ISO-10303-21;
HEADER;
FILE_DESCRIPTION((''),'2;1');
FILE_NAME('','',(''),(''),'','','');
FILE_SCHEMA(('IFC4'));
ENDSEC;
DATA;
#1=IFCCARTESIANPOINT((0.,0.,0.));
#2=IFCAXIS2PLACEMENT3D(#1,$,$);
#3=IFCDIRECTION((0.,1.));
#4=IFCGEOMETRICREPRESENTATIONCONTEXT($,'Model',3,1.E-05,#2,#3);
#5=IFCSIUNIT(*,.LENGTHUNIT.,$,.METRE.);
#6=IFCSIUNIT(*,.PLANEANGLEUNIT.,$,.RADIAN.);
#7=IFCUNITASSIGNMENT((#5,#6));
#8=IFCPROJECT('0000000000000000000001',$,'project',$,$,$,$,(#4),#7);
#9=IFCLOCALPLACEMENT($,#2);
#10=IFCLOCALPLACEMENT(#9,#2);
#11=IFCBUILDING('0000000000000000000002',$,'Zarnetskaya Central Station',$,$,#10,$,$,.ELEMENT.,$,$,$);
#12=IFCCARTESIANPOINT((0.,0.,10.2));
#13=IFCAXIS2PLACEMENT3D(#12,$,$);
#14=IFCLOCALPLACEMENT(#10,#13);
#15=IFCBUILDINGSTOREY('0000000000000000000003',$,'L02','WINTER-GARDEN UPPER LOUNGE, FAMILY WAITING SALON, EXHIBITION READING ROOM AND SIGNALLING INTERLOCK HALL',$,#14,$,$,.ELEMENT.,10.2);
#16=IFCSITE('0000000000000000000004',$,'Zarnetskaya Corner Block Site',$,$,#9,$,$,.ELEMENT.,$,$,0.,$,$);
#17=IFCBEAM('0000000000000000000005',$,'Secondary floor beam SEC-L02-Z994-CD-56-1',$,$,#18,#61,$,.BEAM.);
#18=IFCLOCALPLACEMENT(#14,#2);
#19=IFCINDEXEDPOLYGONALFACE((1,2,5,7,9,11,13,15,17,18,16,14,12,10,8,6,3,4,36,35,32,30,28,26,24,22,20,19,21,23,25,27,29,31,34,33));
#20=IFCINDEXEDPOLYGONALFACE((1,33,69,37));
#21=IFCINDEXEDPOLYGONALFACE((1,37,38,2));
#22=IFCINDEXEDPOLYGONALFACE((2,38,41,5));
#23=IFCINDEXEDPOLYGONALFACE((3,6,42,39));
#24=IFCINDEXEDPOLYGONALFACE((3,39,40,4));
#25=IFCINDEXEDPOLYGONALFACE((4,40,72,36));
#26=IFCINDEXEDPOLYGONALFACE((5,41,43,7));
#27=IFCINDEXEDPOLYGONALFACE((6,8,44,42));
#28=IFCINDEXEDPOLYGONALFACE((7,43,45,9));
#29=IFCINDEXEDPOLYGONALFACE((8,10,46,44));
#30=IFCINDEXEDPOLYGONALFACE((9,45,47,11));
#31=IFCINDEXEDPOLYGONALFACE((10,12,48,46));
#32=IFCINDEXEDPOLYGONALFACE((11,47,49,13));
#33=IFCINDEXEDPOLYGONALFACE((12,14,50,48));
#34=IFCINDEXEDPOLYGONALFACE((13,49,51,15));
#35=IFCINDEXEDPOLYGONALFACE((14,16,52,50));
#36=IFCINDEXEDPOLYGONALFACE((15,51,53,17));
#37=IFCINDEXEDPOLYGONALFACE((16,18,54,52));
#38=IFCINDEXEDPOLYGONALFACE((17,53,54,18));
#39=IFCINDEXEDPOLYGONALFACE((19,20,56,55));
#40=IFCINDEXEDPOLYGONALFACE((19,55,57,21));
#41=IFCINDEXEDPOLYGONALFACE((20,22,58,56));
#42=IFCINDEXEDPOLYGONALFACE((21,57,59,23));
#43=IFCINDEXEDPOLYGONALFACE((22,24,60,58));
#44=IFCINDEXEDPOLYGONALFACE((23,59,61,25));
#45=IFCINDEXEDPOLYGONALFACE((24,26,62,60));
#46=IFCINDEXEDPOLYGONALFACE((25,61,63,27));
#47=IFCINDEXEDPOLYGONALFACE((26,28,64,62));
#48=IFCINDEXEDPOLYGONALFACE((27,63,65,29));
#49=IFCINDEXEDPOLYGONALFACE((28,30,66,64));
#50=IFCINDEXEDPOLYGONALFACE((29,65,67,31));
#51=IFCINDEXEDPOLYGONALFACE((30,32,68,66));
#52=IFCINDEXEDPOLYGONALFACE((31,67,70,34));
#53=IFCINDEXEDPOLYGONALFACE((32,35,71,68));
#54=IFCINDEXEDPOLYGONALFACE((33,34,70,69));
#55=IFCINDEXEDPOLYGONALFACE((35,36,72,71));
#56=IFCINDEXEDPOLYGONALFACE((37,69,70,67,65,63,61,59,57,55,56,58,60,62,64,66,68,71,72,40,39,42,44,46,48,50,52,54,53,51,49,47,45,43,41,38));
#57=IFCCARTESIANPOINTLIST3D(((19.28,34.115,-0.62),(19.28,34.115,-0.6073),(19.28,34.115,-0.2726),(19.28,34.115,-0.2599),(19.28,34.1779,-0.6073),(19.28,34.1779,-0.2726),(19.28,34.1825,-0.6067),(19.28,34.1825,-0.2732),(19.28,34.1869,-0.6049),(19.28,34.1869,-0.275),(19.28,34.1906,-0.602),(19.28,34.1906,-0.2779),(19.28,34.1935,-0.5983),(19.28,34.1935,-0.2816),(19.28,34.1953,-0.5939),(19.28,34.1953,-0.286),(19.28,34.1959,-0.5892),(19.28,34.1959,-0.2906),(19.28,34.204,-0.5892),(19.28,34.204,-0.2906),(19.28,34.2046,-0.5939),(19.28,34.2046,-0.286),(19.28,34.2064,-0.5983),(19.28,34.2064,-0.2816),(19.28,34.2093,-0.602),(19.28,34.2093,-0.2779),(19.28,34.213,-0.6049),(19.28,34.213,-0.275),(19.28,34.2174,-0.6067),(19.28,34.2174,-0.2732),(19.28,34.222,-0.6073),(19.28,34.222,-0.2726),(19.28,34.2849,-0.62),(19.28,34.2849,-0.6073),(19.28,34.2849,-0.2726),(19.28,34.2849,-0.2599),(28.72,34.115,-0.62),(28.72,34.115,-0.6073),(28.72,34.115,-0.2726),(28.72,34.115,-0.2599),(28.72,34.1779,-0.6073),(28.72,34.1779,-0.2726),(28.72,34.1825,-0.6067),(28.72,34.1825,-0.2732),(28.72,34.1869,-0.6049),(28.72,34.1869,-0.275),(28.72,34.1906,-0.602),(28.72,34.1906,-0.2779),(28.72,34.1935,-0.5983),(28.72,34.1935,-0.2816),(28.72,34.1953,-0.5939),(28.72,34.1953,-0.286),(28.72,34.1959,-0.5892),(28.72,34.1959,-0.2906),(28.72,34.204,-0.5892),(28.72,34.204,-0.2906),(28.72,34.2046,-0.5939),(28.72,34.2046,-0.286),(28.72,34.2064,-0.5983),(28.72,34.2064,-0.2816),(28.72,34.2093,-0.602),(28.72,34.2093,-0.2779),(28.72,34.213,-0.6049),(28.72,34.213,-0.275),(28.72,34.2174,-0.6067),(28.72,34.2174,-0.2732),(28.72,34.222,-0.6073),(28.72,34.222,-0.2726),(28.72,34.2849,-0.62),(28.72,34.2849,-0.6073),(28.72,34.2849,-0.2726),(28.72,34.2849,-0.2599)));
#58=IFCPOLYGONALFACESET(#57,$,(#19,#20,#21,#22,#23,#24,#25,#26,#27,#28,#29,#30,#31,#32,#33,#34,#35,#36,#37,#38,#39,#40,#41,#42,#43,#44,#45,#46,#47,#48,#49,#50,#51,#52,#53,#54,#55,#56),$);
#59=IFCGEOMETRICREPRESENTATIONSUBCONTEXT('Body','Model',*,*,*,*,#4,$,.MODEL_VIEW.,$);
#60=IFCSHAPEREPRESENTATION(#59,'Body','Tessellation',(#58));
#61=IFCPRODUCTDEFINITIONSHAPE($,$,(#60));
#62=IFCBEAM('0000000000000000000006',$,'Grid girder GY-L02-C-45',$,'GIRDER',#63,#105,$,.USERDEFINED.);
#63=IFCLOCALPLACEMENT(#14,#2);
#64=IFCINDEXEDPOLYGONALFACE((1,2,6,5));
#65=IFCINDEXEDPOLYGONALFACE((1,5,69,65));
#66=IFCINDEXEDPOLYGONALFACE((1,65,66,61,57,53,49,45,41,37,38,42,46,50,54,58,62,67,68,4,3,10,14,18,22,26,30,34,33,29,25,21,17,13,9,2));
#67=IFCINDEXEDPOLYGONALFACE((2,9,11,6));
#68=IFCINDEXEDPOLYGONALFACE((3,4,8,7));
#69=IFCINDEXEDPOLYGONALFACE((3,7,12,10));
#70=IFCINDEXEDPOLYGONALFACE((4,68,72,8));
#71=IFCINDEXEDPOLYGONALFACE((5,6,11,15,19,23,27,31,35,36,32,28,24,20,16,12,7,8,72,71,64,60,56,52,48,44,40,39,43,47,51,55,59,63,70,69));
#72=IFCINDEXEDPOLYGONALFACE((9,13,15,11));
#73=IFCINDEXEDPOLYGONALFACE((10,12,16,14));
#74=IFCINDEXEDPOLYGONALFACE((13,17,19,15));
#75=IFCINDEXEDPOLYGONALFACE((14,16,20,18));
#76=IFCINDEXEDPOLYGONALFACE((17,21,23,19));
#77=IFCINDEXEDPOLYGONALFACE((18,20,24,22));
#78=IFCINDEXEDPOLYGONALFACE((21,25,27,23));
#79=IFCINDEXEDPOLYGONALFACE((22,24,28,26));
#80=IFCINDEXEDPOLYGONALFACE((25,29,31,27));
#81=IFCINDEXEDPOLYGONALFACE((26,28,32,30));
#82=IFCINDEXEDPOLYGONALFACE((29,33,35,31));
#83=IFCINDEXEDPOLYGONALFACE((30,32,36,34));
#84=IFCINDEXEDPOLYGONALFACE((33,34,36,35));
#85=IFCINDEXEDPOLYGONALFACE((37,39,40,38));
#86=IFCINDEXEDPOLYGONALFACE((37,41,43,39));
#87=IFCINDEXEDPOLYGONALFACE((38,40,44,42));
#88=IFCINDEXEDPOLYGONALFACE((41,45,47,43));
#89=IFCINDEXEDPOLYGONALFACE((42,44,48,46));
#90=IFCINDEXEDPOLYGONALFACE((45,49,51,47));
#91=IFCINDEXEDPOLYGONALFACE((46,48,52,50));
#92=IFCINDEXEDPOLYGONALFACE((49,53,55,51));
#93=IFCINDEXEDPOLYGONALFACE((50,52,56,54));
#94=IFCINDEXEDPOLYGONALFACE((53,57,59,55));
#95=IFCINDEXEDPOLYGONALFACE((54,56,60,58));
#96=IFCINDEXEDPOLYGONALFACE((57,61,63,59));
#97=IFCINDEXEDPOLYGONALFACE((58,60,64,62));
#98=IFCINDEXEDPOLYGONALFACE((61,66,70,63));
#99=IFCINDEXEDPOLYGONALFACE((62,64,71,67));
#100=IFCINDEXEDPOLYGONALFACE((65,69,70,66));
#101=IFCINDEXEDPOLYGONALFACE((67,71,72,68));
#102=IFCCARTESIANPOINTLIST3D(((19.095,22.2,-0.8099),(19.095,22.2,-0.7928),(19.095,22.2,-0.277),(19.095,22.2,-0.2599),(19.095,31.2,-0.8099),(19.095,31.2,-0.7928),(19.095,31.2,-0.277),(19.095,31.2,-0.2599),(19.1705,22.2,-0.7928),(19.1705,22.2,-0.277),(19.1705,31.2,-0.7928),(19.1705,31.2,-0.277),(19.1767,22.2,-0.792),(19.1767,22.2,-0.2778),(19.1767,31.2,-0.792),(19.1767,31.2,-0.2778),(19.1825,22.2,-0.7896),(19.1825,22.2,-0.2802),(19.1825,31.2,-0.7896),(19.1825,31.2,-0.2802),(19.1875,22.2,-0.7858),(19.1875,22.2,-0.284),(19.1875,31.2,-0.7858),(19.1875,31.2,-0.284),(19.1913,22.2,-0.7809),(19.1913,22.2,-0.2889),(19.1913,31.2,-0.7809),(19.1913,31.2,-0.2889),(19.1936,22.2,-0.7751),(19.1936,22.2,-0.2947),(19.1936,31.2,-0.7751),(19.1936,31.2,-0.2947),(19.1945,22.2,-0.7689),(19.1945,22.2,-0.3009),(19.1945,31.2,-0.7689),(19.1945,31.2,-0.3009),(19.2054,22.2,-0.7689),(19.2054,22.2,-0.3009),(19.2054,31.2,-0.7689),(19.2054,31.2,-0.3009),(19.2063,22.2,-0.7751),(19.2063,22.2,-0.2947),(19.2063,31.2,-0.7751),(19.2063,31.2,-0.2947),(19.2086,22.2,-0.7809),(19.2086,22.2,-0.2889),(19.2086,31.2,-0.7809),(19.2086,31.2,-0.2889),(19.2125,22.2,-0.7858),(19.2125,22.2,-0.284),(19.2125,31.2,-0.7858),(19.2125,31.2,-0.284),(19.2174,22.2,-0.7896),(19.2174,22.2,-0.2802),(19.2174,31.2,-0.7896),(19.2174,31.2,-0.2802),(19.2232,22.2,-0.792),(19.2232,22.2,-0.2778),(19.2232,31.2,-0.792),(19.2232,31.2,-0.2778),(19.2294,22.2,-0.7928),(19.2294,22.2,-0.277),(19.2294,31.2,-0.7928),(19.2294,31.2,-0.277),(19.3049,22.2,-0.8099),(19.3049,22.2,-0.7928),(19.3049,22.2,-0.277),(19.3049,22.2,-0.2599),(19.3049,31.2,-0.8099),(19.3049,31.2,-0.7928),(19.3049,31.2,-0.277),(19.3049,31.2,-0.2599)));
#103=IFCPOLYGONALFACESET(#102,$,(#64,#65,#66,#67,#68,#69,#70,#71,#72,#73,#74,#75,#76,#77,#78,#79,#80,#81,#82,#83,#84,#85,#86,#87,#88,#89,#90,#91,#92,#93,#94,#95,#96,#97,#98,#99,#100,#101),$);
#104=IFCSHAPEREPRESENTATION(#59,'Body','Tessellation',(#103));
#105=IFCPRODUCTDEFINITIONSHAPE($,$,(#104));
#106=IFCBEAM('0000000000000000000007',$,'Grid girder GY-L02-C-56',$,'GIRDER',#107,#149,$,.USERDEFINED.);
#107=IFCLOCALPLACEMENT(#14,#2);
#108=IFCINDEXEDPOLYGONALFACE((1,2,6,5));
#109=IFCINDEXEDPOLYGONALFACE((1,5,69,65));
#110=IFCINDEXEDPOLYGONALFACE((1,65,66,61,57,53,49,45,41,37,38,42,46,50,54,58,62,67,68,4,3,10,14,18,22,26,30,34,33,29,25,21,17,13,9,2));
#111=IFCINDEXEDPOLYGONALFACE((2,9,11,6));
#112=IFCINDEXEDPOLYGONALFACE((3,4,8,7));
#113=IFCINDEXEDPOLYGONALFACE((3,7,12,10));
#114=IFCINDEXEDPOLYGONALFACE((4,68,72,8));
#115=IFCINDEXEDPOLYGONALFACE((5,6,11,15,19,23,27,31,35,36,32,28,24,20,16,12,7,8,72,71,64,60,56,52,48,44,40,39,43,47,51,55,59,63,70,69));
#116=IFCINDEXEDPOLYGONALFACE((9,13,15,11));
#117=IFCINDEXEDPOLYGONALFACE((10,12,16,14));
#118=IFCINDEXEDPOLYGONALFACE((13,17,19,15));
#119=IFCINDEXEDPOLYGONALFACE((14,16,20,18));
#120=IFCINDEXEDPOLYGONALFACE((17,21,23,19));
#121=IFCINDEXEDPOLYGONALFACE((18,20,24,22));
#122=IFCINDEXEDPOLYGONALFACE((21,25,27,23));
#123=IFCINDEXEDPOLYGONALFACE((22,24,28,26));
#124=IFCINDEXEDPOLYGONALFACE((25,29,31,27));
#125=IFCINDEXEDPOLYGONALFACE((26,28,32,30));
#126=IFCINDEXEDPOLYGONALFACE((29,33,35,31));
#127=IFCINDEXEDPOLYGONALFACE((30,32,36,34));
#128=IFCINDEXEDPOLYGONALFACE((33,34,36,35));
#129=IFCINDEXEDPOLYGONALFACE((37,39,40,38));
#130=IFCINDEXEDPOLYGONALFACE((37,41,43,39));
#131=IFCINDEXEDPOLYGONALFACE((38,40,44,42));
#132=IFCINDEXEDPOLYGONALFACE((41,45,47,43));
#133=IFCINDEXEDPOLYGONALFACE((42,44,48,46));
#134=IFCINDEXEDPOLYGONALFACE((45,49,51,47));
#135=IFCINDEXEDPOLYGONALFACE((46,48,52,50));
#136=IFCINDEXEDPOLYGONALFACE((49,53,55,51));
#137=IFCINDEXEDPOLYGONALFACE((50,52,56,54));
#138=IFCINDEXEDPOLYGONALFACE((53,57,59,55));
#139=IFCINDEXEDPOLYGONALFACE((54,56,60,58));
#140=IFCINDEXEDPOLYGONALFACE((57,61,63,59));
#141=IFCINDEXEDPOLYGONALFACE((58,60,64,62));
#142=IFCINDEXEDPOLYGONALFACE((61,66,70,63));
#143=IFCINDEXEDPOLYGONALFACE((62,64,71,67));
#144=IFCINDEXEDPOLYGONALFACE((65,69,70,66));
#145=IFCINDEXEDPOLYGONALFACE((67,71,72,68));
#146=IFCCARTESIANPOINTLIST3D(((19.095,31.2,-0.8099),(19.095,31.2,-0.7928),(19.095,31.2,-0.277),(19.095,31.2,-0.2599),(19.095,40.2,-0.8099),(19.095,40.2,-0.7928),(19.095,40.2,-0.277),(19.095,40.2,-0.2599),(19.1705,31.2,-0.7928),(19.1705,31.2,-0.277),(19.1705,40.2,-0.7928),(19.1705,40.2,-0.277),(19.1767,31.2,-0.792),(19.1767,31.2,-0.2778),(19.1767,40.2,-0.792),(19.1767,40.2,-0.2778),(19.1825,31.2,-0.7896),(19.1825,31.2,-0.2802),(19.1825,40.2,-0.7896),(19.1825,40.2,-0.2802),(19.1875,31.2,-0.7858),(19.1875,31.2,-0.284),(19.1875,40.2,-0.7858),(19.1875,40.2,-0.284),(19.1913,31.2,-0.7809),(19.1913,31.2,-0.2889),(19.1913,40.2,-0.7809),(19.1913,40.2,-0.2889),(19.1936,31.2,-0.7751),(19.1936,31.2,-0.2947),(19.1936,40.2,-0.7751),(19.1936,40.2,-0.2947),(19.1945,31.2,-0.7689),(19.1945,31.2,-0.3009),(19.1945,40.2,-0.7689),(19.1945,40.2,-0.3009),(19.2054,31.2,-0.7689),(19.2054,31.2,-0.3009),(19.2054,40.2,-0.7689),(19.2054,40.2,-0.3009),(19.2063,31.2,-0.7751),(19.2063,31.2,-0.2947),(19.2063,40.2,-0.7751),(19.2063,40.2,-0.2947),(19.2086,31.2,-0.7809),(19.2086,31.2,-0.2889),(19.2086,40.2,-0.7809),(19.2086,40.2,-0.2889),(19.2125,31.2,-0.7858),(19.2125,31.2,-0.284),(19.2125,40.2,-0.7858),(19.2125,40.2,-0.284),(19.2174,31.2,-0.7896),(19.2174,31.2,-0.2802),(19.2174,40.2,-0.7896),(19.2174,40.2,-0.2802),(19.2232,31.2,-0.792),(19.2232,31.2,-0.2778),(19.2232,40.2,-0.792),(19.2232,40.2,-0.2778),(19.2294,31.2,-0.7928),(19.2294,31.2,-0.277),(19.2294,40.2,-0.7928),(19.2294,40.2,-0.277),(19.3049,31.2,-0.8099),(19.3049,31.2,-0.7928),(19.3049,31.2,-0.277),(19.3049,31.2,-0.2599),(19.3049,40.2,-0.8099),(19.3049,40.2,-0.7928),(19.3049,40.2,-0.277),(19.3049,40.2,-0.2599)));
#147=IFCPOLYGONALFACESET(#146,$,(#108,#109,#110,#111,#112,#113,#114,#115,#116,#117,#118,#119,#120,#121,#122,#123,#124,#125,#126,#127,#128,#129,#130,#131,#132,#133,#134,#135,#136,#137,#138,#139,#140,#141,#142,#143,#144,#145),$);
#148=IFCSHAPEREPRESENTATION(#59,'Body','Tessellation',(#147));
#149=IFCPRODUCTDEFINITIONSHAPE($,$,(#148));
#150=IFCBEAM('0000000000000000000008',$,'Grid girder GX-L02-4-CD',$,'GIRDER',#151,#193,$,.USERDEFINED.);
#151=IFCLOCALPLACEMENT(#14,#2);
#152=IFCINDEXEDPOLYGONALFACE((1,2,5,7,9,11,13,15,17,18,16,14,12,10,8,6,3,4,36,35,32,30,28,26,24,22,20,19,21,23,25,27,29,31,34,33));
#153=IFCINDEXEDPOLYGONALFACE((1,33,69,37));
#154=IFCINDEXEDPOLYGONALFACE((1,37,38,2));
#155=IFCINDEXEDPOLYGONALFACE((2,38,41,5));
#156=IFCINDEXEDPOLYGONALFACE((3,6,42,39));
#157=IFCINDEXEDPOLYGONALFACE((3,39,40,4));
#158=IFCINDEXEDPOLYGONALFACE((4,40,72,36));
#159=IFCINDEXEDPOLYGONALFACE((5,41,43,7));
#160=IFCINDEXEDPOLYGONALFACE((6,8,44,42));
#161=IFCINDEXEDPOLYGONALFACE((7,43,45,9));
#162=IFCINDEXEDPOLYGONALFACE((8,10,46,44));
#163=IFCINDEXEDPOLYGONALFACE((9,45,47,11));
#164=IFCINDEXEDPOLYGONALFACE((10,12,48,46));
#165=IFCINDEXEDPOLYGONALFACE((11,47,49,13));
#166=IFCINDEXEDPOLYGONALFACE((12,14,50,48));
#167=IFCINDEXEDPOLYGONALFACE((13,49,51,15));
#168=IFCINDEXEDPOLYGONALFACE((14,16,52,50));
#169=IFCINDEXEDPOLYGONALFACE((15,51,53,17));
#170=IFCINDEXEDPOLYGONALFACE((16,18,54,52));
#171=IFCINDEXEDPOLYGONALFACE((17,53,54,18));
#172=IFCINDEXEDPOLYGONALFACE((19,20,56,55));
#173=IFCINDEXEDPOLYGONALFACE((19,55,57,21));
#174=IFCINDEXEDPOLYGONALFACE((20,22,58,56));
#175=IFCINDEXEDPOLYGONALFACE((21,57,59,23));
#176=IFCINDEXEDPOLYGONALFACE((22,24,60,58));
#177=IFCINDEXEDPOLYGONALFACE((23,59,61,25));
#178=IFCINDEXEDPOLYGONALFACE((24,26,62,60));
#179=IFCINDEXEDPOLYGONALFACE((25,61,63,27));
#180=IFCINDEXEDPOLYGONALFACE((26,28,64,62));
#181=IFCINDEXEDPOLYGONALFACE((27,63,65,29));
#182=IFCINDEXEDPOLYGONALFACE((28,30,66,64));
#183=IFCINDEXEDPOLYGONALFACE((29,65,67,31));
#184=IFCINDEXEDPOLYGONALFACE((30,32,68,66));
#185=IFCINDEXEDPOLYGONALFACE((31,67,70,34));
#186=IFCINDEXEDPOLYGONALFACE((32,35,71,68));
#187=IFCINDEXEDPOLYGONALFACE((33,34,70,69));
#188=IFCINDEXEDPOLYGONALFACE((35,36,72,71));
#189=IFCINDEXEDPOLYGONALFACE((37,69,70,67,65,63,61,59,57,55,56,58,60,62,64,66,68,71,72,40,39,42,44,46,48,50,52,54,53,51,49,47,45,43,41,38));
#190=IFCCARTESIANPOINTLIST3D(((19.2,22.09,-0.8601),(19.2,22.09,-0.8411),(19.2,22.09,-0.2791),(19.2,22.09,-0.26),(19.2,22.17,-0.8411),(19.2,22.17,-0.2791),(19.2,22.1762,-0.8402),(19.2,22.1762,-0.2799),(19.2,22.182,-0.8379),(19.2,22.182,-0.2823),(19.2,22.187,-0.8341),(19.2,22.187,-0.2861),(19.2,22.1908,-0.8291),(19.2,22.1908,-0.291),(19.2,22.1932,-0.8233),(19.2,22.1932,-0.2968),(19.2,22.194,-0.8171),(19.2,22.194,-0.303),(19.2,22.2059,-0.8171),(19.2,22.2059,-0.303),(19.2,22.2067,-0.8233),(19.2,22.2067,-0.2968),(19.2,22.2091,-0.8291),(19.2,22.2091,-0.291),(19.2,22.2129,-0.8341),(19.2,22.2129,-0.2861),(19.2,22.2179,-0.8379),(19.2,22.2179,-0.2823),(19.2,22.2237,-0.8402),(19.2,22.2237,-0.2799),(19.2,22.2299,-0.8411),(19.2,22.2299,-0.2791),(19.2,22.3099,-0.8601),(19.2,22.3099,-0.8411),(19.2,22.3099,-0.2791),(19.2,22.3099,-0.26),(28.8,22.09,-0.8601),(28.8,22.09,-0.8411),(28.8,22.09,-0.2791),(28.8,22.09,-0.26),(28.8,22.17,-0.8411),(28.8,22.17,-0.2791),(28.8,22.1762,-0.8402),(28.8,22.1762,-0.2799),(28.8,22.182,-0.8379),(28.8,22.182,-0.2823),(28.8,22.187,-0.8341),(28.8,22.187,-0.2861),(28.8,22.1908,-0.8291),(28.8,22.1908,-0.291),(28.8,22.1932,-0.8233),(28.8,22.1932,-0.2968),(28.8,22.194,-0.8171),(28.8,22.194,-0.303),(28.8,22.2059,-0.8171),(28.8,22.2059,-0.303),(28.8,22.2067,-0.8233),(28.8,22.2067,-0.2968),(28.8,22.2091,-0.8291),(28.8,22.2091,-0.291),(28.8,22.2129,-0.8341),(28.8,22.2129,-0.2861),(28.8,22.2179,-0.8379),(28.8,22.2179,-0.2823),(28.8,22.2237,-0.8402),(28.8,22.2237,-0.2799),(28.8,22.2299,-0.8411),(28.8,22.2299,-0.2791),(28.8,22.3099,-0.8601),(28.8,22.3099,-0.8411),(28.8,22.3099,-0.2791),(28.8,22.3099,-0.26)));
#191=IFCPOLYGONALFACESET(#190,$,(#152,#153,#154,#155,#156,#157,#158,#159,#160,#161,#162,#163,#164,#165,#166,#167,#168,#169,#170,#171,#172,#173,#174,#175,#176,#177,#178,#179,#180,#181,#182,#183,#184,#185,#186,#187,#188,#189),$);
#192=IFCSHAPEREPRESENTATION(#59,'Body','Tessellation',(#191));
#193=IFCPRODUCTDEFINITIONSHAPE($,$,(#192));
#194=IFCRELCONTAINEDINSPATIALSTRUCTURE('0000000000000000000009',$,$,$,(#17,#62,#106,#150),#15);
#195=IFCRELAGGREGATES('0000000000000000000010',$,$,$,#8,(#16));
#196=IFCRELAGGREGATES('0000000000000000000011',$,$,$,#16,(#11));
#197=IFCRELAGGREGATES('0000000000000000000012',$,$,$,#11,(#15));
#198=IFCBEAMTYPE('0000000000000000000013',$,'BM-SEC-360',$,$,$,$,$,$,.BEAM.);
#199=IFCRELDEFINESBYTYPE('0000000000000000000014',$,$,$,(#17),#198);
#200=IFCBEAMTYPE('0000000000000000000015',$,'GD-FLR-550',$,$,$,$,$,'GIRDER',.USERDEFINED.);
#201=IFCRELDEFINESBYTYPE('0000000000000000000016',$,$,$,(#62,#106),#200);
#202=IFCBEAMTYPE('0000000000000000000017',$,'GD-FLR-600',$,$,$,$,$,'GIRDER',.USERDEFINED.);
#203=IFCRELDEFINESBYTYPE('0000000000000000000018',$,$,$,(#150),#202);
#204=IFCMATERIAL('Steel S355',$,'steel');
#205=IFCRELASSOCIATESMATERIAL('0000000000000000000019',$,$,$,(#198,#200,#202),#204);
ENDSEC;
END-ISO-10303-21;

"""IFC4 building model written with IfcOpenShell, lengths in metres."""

from ifc_helpers import new_model, si_unit, direction, frame, origin, origin_2d, place, context, subcontext, project, spatial, i_section, extrude, material, material_profile, profile_set, type_object, element, save


model = new_model("IFC4")

# Units and contexts
model_context = context("Model", 3, precision=1e-05, world=origin(), true_north=direction((0.0, 1.0)))
body_context = subcontext(model_context, "Body", "Model", "MODEL_VIEW")
ifc_project = project(units=[si_unit("LENGTHUNIT", "METRE"), si_unit("PLANEANGLEUNIT", "RADIAN")], contexts=[model_context])

# Site, building, storey
site_placement = place(None, origin())
site = spatial("IfcSite", under=ifc_project, at=site_placement, Name="Zarnetskaya Corner Block Site", CompositionType="ELEMENT", RefElevation=0.0)
building_placement = place(site_placement, origin())
building = spatial("IfcBuilding", under=site, at=building_placement, Name="Zarnetskaya Central Station", CompositionType="ELEMENT")
storey_placement = place(building_placement, frame((0.0, 0.0, 10.2)))
storey = spatial("IfcBuildingStorey", under=building, at=storey_placement, Name="L02", Description="WINTER-GARDEN UPPER LOUNGE, FAMILY WAITING SALON, EXHIBITION READING ROOM AND SIGNALLING INTERLOCK HALL", CompositionType="ELEMENT", Elevation=10.2)

# Shared definitions
ifc_material_1 = material(Name="Steel S355", Category="steel")

# Beams
ifc_material_profile_1 = material_profile(ifc_material_1, i_section(OverallWidth=0.1699, OverallDepth=0.3601, WebThickness=0.0081, FlangeThickness=0.0127, FilletRadius=0.0181, at=origin_2d()), Name="IPE 360")
ifc_profile_set_1 = profile_set([ifc_material_profile_1], Name="Steel S355")
beam_type_1 = type_object("IfcBeamType", Name="BM-SEC-360", PredefinedType="BEAM", material=ifc_profile_set_1)
for number, where, z_axis, x_axis, name in (
    (1, (19.28, 34.2, -0.4399), (1.0, 0.0, 0.0), (0.0, 1.0, 0.0), "Secondary floor beam SEC-L02-Z994-CD-56-1"),
):
    element("IfcBeam", number, at=place(storey_placement, frame(where, z_axis=z_axis, x_axis=x_axis)), inside=storey, type_object=beam_type_1, Name=name, PredefinedType="BEAM", context=body_context, shape_type="SweptSolid", body=[
        extrude(i_section(OverallWidth=0.1699, OverallDepth=0.3601, WebThickness=0.0081, FlangeThickness=0.0127, FilletRadius=0.0181, at=origin_2d()), origin(), (0.0, 0.0, 1.0), 9.4399),
    ])
ifc_material_profile_2 = material_profile(ifc_material_1, i_section(OverallWidth=0.21, OverallDepth=0.55, WebThickness=0.011, FlangeThickness=0.0171, FilletRadius=0.0239, at=origin_2d()), Name="IPE 550")
ifc_profile_set_2 = profile_set([ifc_material_profile_2], Name="Steel S355")
beam_type_2 = type_object("IfcBeamType", Name="GD-FLR-550", ElementType="GIRDER", PredefinedType="USERDEFINED", material=ifc_profile_set_2)
for number, where, z_axis, x_axis, name in (
    (2, (19.2, 22.2, -0.5349), (0.0, 1.0, 0.0), (-1.0, 0.0, 0.0), "Grid girder GY-L02-C-45"),
    (3, (19.2, 31.2, -0.5349), (0.0, 1.0, 0.0), (-1.0, 0.0, 0.0), "Grid girder GY-L02-C-56"),
):
    element("IfcBeam", number, at=place(storey_placement, frame(where, z_axis=z_axis, x_axis=x_axis)), inside=storey, type_object=beam_type_2, Name=name, ObjectType="GIRDER", PredefinedType="USERDEFINED", context=body_context, shape_type="SweptSolid", body=[
        extrude(i_section(OverallWidth=0.21, OverallDepth=0.55, WebThickness=0.011, FlangeThickness=0.0171, FilletRadius=0.0239, at=origin_2d()), origin(), (0.0, 0.0, 1.0), 9.0),
    ])
ifc_material_profile_3 = material_profile(ifc_material_1, i_section(OverallWidth=0.22, OverallDepth=0.6001, WebThickness=0.012, FlangeThickness=0.019, FilletRadius=0.0239, at=origin_2d()), Name="IPE 600")
ifc_profile_set_3 = profile_set([ifc_material_profile_3], Name="Steel S355")
beam_type_3 = type_object("IfcBeamType", Name="GD-FLR-600", ElementType="GIRDER", PredefinedType="USERDEFINED", material=ifc_profile_set_3)
for number, where, z_axis, x_axis, name in (
    (4, (19.2, 22.2, -0.5601), (1.0, 0.0, 0.0), (0.0, 1.0, 0.0), "Grid girder GX-L02-4-CD"),
):
    element("IfcBeam", number, at=place(storey_placement, frame(where, z_axis=z_axis, x_axis=x_axis)), inside=storey, type_object=beam_type_3, Name=name, ObjectType="GIRDER", PredefinedType="USERDEFINED", context=body_context, shape_type="SweptSolid", body=[
        extrude(i_section(OverallWidth=0.22, OverallDepth=0.6001, WebThickness=0.012, FlangeThickness=0.019, FilletRadius=0.0239, at=origin_2d()), origin(), (0.0, 0.0, 1.0), 9.6001),
    ])

save(model, "model.ifc")
